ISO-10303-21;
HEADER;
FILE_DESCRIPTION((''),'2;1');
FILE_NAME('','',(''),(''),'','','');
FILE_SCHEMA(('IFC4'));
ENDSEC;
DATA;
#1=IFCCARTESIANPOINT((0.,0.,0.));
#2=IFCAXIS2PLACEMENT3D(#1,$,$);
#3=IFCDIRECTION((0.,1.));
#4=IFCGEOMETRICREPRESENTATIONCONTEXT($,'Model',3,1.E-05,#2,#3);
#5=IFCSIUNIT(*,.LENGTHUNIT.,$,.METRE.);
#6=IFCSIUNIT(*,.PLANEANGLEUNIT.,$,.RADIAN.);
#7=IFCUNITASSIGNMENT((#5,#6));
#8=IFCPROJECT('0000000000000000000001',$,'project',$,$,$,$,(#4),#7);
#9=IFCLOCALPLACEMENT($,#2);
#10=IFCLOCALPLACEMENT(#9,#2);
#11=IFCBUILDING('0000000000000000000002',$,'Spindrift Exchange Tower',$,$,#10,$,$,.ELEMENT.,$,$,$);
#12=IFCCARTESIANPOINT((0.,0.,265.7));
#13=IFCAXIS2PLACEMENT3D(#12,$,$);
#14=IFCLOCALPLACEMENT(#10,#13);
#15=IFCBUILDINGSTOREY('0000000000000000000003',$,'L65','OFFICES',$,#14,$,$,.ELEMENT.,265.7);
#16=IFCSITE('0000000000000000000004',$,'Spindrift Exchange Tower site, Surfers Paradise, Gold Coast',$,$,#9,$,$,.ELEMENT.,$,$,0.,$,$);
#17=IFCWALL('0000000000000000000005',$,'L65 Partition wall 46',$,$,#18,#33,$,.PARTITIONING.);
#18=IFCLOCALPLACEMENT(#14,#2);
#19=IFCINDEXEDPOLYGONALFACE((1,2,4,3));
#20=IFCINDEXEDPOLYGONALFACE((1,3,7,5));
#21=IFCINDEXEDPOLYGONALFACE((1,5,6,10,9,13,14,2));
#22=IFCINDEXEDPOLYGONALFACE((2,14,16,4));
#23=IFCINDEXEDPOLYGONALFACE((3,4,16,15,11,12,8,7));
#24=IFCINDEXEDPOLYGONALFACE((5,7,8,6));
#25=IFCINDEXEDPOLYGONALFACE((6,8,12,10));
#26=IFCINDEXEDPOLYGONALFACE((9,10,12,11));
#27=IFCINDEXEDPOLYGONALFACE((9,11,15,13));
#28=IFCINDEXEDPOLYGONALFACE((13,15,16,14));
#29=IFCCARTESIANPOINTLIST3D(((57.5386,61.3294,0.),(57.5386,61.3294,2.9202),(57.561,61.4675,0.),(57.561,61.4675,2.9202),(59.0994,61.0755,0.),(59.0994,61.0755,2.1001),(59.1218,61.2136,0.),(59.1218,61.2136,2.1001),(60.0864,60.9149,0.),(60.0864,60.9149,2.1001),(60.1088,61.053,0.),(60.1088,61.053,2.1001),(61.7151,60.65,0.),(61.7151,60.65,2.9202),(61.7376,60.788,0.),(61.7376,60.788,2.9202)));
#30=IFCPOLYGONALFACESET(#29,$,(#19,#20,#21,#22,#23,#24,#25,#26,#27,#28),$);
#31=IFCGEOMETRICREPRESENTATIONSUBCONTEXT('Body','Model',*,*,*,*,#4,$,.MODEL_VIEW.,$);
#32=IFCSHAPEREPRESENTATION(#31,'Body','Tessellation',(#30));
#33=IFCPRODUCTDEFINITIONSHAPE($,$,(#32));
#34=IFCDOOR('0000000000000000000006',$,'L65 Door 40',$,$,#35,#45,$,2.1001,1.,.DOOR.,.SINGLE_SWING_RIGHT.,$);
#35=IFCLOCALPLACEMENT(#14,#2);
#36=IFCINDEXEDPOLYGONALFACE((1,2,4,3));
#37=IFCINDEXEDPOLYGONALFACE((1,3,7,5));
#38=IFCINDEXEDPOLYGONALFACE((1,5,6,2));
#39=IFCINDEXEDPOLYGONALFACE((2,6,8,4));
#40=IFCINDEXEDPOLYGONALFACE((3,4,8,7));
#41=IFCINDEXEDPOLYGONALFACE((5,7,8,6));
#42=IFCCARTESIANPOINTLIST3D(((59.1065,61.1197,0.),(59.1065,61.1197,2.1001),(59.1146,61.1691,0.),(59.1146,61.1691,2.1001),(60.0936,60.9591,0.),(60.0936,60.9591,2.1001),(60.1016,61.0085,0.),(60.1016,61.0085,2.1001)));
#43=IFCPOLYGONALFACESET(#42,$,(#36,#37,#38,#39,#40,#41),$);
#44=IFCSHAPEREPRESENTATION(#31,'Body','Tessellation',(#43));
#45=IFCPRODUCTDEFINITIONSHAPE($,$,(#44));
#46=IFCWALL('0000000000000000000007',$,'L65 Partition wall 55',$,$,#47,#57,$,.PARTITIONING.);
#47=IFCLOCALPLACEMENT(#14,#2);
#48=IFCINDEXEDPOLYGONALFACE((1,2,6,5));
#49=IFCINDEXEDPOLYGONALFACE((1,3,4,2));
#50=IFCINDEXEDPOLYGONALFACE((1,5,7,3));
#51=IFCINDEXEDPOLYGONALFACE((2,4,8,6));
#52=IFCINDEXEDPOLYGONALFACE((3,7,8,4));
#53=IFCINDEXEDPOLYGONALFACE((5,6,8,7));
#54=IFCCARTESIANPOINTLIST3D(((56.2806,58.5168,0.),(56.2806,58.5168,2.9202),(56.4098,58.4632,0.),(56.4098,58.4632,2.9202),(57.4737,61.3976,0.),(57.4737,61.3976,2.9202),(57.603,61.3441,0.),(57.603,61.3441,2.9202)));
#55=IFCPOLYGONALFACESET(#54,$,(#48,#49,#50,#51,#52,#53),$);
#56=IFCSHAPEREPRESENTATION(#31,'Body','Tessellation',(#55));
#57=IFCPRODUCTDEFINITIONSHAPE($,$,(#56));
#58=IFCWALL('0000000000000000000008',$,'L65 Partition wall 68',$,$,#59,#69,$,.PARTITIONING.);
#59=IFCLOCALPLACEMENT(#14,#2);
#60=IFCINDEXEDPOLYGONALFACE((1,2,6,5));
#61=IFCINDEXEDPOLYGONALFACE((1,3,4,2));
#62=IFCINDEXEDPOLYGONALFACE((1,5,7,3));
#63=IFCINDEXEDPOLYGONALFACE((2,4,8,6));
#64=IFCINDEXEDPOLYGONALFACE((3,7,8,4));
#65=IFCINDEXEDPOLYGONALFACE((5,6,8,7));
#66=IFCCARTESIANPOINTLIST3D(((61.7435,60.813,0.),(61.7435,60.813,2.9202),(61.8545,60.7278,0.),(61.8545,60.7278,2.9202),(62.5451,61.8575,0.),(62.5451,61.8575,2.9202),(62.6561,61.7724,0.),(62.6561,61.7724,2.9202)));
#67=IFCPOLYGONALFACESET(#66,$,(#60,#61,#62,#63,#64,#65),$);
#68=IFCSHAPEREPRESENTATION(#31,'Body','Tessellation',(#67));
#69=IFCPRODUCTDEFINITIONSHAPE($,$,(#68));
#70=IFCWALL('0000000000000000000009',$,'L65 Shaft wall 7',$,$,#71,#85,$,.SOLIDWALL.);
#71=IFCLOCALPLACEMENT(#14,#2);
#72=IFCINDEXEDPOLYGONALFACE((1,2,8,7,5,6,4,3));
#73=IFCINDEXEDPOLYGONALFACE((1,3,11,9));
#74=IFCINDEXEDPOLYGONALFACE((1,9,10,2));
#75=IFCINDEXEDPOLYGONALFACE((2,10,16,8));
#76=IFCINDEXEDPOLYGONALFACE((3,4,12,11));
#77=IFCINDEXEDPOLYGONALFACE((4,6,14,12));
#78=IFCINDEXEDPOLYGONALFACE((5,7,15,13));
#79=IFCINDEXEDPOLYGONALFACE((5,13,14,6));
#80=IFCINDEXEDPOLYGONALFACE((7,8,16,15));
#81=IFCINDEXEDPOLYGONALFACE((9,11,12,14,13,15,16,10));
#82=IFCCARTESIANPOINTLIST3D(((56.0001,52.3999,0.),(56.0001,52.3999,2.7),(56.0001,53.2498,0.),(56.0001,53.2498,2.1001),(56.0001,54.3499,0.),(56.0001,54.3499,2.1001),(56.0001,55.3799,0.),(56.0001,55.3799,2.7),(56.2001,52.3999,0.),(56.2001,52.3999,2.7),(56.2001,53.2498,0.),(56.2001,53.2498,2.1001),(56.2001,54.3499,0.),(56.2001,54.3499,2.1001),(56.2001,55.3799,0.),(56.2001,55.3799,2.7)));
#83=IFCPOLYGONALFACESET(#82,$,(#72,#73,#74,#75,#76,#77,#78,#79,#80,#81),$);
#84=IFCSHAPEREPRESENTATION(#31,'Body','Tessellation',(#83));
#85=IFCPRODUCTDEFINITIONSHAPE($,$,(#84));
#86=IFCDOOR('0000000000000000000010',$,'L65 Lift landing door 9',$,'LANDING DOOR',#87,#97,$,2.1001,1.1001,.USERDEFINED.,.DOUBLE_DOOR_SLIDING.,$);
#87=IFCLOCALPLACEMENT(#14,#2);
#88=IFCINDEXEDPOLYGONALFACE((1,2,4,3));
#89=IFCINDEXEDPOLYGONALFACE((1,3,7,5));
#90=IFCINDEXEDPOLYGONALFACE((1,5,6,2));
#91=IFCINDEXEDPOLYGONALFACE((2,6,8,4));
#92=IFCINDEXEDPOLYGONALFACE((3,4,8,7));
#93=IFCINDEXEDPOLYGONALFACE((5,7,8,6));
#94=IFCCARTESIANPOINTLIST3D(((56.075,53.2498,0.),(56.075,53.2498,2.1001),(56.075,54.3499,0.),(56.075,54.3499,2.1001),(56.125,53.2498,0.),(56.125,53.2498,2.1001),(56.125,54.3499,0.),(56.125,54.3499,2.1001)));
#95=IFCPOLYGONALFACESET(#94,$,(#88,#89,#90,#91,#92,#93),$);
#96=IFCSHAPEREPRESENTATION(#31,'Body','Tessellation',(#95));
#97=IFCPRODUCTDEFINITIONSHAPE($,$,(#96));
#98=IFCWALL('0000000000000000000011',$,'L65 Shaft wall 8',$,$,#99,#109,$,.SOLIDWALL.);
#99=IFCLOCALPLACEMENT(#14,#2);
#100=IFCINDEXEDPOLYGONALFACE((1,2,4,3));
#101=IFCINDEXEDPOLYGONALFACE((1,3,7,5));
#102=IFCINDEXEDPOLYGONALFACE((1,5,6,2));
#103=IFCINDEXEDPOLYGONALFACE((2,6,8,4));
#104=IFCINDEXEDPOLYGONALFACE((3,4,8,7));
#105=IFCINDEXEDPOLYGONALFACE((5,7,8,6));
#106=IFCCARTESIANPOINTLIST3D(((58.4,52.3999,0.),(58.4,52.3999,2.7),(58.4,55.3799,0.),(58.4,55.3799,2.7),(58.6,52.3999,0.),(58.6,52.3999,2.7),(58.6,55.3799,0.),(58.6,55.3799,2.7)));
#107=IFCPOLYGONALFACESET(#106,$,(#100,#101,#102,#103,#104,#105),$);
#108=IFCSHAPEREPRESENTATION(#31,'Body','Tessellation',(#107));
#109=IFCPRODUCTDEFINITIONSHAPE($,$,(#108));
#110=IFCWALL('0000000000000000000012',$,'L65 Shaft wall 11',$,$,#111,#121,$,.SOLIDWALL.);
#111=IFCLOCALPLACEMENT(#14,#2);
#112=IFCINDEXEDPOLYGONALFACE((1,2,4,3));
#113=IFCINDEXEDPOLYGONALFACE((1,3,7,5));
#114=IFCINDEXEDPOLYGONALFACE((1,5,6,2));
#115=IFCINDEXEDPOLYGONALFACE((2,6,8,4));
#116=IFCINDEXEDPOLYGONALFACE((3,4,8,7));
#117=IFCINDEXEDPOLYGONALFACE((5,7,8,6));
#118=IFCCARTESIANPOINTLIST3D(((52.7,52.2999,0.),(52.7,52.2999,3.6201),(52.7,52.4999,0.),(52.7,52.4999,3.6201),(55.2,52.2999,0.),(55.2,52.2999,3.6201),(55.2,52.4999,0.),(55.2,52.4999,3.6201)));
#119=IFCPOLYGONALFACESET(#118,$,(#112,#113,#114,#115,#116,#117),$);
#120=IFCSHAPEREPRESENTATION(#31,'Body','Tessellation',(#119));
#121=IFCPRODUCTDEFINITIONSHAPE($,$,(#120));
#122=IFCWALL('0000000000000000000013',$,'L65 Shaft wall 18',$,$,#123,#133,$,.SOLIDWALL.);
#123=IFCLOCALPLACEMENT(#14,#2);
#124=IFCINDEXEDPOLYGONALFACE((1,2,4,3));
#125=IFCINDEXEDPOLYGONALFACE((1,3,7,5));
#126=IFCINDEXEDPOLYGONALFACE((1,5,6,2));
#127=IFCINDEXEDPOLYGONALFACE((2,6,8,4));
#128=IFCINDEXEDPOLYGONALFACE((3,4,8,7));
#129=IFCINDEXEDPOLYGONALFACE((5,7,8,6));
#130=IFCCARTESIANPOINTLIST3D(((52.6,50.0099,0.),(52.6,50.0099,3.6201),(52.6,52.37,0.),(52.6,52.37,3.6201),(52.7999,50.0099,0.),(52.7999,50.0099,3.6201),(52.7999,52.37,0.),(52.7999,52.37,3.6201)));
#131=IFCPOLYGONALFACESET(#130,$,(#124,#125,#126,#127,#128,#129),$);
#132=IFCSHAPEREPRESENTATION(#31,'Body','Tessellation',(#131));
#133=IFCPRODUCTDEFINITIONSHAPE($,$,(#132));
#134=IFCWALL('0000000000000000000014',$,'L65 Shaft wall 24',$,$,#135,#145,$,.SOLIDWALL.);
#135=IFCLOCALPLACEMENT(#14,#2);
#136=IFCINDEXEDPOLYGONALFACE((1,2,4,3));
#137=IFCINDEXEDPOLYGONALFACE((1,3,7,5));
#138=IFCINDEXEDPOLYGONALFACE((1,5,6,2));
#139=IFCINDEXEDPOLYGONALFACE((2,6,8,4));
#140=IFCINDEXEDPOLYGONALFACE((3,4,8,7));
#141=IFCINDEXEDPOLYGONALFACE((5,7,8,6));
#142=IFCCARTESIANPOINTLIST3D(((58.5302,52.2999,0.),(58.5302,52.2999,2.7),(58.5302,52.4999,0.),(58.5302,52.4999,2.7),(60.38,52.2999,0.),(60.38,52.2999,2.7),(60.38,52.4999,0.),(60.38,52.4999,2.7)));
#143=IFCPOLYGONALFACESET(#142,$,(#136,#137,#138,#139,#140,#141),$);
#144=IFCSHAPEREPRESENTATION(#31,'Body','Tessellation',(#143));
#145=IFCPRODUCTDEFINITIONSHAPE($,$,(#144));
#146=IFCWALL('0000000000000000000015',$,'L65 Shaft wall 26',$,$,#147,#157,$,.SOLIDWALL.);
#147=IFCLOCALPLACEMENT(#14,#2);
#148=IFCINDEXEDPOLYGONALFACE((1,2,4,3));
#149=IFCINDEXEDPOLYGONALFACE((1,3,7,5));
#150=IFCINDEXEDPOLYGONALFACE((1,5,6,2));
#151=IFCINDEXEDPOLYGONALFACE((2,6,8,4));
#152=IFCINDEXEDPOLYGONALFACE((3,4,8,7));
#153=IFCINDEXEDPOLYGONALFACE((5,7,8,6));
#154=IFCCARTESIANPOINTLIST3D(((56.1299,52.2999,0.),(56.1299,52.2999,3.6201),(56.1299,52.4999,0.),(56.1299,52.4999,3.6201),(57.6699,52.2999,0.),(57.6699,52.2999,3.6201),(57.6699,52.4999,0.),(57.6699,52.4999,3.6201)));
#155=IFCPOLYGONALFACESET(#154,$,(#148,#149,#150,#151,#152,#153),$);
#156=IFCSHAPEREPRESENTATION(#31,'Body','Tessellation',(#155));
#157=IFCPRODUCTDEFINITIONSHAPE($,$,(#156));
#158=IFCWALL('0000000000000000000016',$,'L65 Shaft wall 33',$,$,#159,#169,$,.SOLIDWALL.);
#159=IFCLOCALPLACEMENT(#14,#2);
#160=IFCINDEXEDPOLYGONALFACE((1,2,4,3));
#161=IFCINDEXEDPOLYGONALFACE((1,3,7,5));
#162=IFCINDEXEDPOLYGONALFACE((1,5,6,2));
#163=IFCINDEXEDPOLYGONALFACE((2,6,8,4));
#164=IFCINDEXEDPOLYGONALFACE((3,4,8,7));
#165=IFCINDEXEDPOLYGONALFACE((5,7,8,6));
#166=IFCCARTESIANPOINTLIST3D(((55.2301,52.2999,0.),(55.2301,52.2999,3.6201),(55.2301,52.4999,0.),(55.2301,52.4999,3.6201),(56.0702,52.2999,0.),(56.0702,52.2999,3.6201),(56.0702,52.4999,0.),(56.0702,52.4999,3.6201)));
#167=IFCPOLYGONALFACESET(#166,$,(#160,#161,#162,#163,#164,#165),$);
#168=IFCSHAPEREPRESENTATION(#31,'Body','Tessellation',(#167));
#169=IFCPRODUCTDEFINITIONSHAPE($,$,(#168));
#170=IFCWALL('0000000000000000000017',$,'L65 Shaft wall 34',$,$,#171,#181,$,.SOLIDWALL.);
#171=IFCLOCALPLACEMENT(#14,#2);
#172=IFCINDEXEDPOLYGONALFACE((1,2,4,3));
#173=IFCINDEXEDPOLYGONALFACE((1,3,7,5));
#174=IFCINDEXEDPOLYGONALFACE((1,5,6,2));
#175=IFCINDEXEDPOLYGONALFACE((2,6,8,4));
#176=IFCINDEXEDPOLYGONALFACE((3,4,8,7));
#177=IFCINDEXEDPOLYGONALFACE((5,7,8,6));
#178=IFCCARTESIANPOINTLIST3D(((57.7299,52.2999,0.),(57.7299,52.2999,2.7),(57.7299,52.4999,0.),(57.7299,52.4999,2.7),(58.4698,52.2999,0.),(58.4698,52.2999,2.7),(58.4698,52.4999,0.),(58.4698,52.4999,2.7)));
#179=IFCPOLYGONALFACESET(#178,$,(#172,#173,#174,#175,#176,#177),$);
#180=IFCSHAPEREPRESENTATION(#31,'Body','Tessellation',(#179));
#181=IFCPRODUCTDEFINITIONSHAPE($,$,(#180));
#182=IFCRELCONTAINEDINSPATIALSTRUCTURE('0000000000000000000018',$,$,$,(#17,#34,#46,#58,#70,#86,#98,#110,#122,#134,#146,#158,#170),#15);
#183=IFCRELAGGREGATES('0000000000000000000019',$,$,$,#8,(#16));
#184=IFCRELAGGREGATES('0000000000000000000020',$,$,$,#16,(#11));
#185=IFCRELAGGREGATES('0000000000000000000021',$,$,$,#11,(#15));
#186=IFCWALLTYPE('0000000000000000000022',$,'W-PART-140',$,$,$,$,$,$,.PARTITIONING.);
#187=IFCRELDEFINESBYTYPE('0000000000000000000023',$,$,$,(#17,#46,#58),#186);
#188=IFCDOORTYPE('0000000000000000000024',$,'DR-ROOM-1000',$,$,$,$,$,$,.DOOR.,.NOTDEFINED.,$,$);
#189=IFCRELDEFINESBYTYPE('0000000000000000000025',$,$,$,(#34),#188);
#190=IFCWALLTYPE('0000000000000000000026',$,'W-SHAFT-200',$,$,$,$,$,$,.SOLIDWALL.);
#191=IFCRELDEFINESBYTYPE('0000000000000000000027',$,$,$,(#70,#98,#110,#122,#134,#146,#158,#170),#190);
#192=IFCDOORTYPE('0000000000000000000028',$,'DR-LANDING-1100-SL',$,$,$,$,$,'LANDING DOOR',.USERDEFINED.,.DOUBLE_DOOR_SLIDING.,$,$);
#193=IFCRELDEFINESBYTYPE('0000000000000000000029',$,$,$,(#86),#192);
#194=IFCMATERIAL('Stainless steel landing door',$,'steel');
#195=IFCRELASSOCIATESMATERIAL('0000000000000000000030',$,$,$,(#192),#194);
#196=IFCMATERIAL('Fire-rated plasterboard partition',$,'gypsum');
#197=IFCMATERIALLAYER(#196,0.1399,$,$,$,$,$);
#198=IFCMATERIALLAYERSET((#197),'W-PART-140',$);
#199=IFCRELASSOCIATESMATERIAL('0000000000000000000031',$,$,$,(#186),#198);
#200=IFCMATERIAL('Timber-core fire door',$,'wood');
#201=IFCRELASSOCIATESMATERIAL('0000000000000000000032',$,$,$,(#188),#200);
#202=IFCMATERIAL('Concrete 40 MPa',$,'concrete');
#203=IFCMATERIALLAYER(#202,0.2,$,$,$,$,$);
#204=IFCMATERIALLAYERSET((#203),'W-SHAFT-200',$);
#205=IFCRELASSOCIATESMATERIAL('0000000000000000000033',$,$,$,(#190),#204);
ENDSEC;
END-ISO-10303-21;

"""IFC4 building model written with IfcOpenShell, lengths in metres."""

from ifc_helpers import new_model, si_unit, direction, frame, frame_2d, origin, place, context, subcontext, project, spatial, rectangle, extrude, source, transform, mapped, material, layer, layer_set, type_object, element, fill, save


model = new_model("IFC4")

# Units and contexts
model_context = context("Model", 3, precision=1e-05, world=origin(), true_north=direction((0.0, 1.0)))
body_context = subcontext(model_context, "Body", "Model", "MODEL_VIEW")
ifc_project = project(units=[si_unit("LENGTHUNIT", "METRE"), si_unit("PLANEANGLEUNIT", "RADIAN")], contexts=[model_context])

# Site, building, storey
site_placement = place(None, origin())
site = spatial("IfcSite", under=ifc_project, at=site_placement, Name="Spindrift Exchange Tower site, Surfers Paradise, Gold Coast", CompositionType="ELEMENT", RefElevation=0.0)
building_placement = place(site_placement, origin())
building = spatial("IfcBuilding", under=site, at=building_placement, Name="Spindrift Exchange Tower", CompositionType="ELEMENT")
storey_placement = place(building_placement, frame((0.0, 0.0, 265.7)))
storey = spatial("IfcBuildingStorey", under=building, at=storey_placement, Name="L65", Description="OFFICES", CompositionType="ELEMENT", Elevation=265.7)

# Shared definitions
ifc_material_1 = material(Name="Stainless steel landing door", Category="steel")
door_type_1 = type_object("IfcDoorType", Name="DR-LANDING-1100-SL", ElementType="LANDING DOOR", OperationType="DOUBLE_DOOR_SLIDING", PredefinedType="USERDEFINED", material=ifc_material_1)
shared_shape_1 = source(origin(), body_context, "Body", "SweptSolid", [
    extrude(rectangle(XDim=1.1001, YDim=2.1001, at=frame_2d((0.55, 1.05))), frame((0.0, 0.0249, 0.0), z_axis=(0.0, -1.0, 0.0), x_axis=(1.0, 0.0, 0.0)), (0.0, 0.0, 1.0), 0.05),
])
ifc_material_2 = material(Name="Timber-core fire door", Category="wood")

# Wall, opening, door
ifc_material_3 = material(Name="Fire-rated plasterboard partition", Category="gypsum")
ifc_layer_1 = layer(ifc_material_3, 0.1399)
ifc_layer_set_1 = layer_set([ifc_layer_1], Name="W-PART-140")
wall_type_1 = type_object("IfcWallType", Name="W-PART-140", PredefinedType="PARTITIONING", material=ifc_layer_set_1)
door_type_2 = type_object("IfcDoorType", Name="DR-ROOM-1000", OperationType="NOTDEFINED", PredefinedType="DOOR", material=ifc_material_2)
shared_shape_2 = source(origin(), body_context, "Body", "SweptSolid", [
    extrude(rectangle(XDim=1.0, YDim=2.1001, at=frame_2d((0.5, 1.05))), frame((0.0, 0.0249, 0.0), z_axis=(0.0, -1.0, 0.0), x_axis=(1.0, 0.0, 0.0)), (0.0, 0.0, 1.0), 0.05),
])
wall_1_placement = place(storey_placement, frame((57.5498, 61.3984, 0.0), z_axis=(0.0, 0.0, 1.0), x_axis=(0.987024, -0.160571, 0.0)))
wall_1 = element("IfcWall", 1, at=wall_1_placement, inside=storey, type_object=wall_type_1, Name="L65 Partition wall 46", PredefinedType="PARTITIONING", context=body_context, shape_type="SweptSolid", body=[
    extrude(rectangle(XDim=4.2314, YDim=0.1399, at=frame_2d((2.1157, 0.0))), origin(), (0.0, 0.0, 1.0), 2.9202),
])
opening_1_placement = place(wall_1_placement, frame((1.5813, 0.0, 0.0)))
opening_1 = element("IfcOpeningElement", 2, at=opening_1_placement, cuts=wall_1, PredefinedType="OPENING", context=body_context, shape_type="SweptSolid", body=[
    extrude(rectangle(XDim=1.0, YDim=2.1001, at=frame_2d((0.5, 1.05))), frame((0.0, 0.0798, 0.0), z_axis=(0.0, -1.0, 0.0), x_axis=(1.0, 0.0, 0.0)), (0.0, 0.0, 1.0), 0.1599),
])
door_1_placement = place(opening_1_placement, origin())
door_1 = element("IfcDoor", 3, at=door_1_placement, inside=storey, type_object=door_type_2, Name="L65 Door 40", OperationType="SINGLE_SWING_RIGHT", OverallHeight=2.1001, OverallWidth=1.0, PredefinedType="DOOR", context=body_context, shape_type="MappedRepresentation", body=[
    mapped(shared_shape_2, transform((0.0, 0.0, 0.0), scale=1.0)),
])
fill(opening_1, door_1)

# Walls
wall_2_placement = place(storey_placement, frame((56.3452, 58.49, 0.0), z_axis=(0.0, 0.0, 1.0), x_axis=(0.382635, 0.923899, 0.0)))
element("IfcWall", 4, at=wall_2_placement, inside=storey, type_object=wall_type_1, Name="L65 Partition wall 55", PredefinedType="PARTITIONING", context=body_context, shape_type="SweptSolid", body=[
    extrude(rectangle(XDim=3.1182, YDim=0.1399, at=frame_2d((1.5591, 0.0))), origin(), (0.0, 0.0, 1.0), 2.9202),
])
wall_3_placement = place(storey_placement, frame((61.7991, 60.7705, 0.0), z_axis=(0.0, 0.0, 1.0), x_axis=(0.608805, 0.79332, 0.0)))
element("IfcWall", 5, at=wall_3_placement, inside=storey, type_object=wall_type_1, Name="L65 Partition wall 68", PredefinedType="PARTITIONING", context=body_context, shape_type="SweptSolid", body=[
    extrude(rectangle(XDim=1.3167, YDim=0.1399, at=frame_2d((0.6582, 0.0))), origin(), (0.0, 0.0, 1.0), 2.9202),
])

# Wall, opening, door
ifc_material_4 = material(Name="Concrete 40 MPa", Category="concrete")
ifc_layer_2 = layer(ifc_material_4, 0.2)
ifc_layer_set_2 = layer_set([ifc_layer_2], Name="W-SHAFT-200")
wall_type_2 = type_object("IfcWallType", Name="W-SHAFT-200", PredefinedType="SOLIDWALL", material=ifc_layer_set_2)
wall_4_placement = place(storey_placement, frame((56.1001, 55.3799, 0.0), z_axis=(0.0, 0.0, 1.0), x_axis=(0.0, -1.0, 0.0)))
wall_4 = element("IfcWall", 6, at=wall_4_placement, inside=storey, type_object=wall_type_2, Name="L65 Shaft wall 7", PredefinedType="SOLIDWALL", context=body_context, shape_type="SweptSolid", body=[
    extrude(rectangle(XDim=2.98, YDim=0.2, at=frame_2d((1.49, 0.0))), origin(), (0.0, 0.0, 1.0), 2.7),
])
opening_2_placement = place(wall_4_placement, frame((1.03, 0.0, 0.0)))
opening_2 = element("IfcOpeningElement", 7, at=opening_2_placement, cuts=wall_4, PredefinedType="OPENING", context=body_context, shape_type="SweptSolid", body=[
    extrude(rectangle(XDim=1.1001, YDim=2.1001, at=frame_2d((0.55, 1.05))), frame((0.0, 0.1099, 0.0), z_axis=(0.0, -1.0, 0.0), x_axis=(1.0, 0.0, 0.0)), (0.0, 0.0, 1.0), 0.22),
])
door_2_placement = place(opening_2_placement, origin())
door_2 = element("IfcDoor", 8, at=door_2_placement, inside=storey, type_object=door_type_1, Name="L65 Lift landing door 9", ObjectType="LANDING DOOR", OperationType="DOUBLE_DOOR_SLIDING", OverallHeight=2.1001, OverallWidth=1.1001, PredefinedType="USERDEFINED", context=body_context, shape_type="MappedRepresentation", body=[
    mapped(shared_shape_1, transform((0.0, 0.0, 0.0), scale=1.0)),
])
fill(opening_2, door_2)

# Walls
wall_5_placement = place(storey_placement, frame((58.5, 52.3999, 0.0), z_axis=(0.0, 0.0, 1.0), x_axis=(0.0, 1.0, 0.0)))
element("IfcWall", 9, at=wall_5_placement, inside=storey, type_object=wall_type_2, Name="L65 Shaft wall 8", PredefinedType="SOLIDWALL", context=body_context, shape_type="SweptSolid", body=[
    extrude(rectangle(XDim=2.98, YDim=0.2, at=frame_2d((1.49, 0.0))), origin(), (0.0, 0.0, 1.0), 2.7),
])
wall_6_placement = place(storey_placement, frame((55.2, 52.3999, 0.0), z_axis=(0.0, 0.0, 1.0), x_axis=(-1.0, 0.0, 0.0)))
element("IfcWall", 10, at=wall_6_placement, inside=storey, type_object=wall_type_2, Name="L65 Shaft wall 11", PredefinedType="SOLIDWALL", context=body_context, shape_type="SweptSolid", body=[
    extrude(rectangle(XDim=2.5, YDim=0.2, at=frame_2d((1.25, 0.0))), origin(), (0.0, 0.0, 1.0), 3.6201),
])
wall_7_placement = place(storey_placement, frame((52.7, 52.3701, 0.0), z_axis=(0.0, 0.0, 1.0), x_axis=(0.0, -1.0, 0.0)))
element("IfcWall", 11, at=wall_7_placement, inside=storey, type_object=wall_type_2, Name="L65 Shaft wall 18", PredefinedType="SOLIDWALL", context=body_context, shape_type="SweptSolid", body=[
    extrude(rectangle(XDim=2.3601, YDim=0.2, at=frame_2d((1.1802, 0.0))), origin(), (0.0, 0.0, 1.0), 3.6201),
])
wall_8_placement = place(storey_placement, frame((60.3799, 52.3999, 0.0), z_axis=(0.0, 0.0, 1.0), x_axis=(-1.0, 0.0, 0.0)))
element("IfcWall", 12, at=wall_8_placement, inside=storey, type_object=wall_type_2, Name="L65 Shaft wall 24", PredefinedType="SOLIDWALL", context=body_context, shape_type="SweptSolid", body=[
    extrude(rectangle(XDim=1.8499, YDim=0.2, at=frame_2d((0.9248, 0.0))), origin(), (0.0, 0.0, 1.0), 2.7),
])
wall_9_placement = place(storey_placement, frame((57.6699, 52.3999, 0.0), z_axis=(0.0, 0.0, 1.0), x_axis=(-1.0, 0.0, 0.0)))
element("IfcWall", 13, at=wall_9_placement, inside=storey, type_object=wall_type_2, Name="L65 Shaft wall 26", PredefinedType="SOLIDWALL", context=body_context, shape_type="SweptSolid", body=[
    extrude(rectangle(XDim=1.54, YDim=0.2, at=frame_2d((0.77, 0.0))), origin(), (0.0, 0.0, 1.0), 3.6201),
])
wall_10_placement = place(storey_placement, frame((56.0701, 52.3999, 0.0), z_axis=(0.0, 0.0, 1.0), x_axis=(-1.0, 0.0, 0.0)))
element("IfcWall", 14, at=wall_10_placement, inside=storey, type_object=wall_type_2, Name="L65 Shaft wall 33", PredefinedType="SOLIDWALL", context=body_context, shape_type="SweptSolid", body=[
    extrude(rectangle(XDim=0.8401, YDim=0.2, at=frame_2d((0.4199, 0.0))), origin(), (0.0, 0.0, 1.0), 3.6201),
])
wall_11_placement = place(storey_placement, frame((58.47, 52.3999, 0.0), z_axis=(0.0, 0.0, 1.0), x_axis=(-1.0, 0.0, 0.0)))
element("IfcWall", 15, at=wall_11_placement, inside=storey, type_object=wall_type_2, Name="L65 Shaft wall 34", PredefinedType="SOLIDWALL", context=body_context, shape_type="SweptSolid", body=[
    extrude(rectangle(XDim=0.74, YDim=0.2, at=frame_2d((0.3701, 0.0))), origin(), (0.0, 0.0, 1.0), 2.7),
])

save(model, "model.ifc")
